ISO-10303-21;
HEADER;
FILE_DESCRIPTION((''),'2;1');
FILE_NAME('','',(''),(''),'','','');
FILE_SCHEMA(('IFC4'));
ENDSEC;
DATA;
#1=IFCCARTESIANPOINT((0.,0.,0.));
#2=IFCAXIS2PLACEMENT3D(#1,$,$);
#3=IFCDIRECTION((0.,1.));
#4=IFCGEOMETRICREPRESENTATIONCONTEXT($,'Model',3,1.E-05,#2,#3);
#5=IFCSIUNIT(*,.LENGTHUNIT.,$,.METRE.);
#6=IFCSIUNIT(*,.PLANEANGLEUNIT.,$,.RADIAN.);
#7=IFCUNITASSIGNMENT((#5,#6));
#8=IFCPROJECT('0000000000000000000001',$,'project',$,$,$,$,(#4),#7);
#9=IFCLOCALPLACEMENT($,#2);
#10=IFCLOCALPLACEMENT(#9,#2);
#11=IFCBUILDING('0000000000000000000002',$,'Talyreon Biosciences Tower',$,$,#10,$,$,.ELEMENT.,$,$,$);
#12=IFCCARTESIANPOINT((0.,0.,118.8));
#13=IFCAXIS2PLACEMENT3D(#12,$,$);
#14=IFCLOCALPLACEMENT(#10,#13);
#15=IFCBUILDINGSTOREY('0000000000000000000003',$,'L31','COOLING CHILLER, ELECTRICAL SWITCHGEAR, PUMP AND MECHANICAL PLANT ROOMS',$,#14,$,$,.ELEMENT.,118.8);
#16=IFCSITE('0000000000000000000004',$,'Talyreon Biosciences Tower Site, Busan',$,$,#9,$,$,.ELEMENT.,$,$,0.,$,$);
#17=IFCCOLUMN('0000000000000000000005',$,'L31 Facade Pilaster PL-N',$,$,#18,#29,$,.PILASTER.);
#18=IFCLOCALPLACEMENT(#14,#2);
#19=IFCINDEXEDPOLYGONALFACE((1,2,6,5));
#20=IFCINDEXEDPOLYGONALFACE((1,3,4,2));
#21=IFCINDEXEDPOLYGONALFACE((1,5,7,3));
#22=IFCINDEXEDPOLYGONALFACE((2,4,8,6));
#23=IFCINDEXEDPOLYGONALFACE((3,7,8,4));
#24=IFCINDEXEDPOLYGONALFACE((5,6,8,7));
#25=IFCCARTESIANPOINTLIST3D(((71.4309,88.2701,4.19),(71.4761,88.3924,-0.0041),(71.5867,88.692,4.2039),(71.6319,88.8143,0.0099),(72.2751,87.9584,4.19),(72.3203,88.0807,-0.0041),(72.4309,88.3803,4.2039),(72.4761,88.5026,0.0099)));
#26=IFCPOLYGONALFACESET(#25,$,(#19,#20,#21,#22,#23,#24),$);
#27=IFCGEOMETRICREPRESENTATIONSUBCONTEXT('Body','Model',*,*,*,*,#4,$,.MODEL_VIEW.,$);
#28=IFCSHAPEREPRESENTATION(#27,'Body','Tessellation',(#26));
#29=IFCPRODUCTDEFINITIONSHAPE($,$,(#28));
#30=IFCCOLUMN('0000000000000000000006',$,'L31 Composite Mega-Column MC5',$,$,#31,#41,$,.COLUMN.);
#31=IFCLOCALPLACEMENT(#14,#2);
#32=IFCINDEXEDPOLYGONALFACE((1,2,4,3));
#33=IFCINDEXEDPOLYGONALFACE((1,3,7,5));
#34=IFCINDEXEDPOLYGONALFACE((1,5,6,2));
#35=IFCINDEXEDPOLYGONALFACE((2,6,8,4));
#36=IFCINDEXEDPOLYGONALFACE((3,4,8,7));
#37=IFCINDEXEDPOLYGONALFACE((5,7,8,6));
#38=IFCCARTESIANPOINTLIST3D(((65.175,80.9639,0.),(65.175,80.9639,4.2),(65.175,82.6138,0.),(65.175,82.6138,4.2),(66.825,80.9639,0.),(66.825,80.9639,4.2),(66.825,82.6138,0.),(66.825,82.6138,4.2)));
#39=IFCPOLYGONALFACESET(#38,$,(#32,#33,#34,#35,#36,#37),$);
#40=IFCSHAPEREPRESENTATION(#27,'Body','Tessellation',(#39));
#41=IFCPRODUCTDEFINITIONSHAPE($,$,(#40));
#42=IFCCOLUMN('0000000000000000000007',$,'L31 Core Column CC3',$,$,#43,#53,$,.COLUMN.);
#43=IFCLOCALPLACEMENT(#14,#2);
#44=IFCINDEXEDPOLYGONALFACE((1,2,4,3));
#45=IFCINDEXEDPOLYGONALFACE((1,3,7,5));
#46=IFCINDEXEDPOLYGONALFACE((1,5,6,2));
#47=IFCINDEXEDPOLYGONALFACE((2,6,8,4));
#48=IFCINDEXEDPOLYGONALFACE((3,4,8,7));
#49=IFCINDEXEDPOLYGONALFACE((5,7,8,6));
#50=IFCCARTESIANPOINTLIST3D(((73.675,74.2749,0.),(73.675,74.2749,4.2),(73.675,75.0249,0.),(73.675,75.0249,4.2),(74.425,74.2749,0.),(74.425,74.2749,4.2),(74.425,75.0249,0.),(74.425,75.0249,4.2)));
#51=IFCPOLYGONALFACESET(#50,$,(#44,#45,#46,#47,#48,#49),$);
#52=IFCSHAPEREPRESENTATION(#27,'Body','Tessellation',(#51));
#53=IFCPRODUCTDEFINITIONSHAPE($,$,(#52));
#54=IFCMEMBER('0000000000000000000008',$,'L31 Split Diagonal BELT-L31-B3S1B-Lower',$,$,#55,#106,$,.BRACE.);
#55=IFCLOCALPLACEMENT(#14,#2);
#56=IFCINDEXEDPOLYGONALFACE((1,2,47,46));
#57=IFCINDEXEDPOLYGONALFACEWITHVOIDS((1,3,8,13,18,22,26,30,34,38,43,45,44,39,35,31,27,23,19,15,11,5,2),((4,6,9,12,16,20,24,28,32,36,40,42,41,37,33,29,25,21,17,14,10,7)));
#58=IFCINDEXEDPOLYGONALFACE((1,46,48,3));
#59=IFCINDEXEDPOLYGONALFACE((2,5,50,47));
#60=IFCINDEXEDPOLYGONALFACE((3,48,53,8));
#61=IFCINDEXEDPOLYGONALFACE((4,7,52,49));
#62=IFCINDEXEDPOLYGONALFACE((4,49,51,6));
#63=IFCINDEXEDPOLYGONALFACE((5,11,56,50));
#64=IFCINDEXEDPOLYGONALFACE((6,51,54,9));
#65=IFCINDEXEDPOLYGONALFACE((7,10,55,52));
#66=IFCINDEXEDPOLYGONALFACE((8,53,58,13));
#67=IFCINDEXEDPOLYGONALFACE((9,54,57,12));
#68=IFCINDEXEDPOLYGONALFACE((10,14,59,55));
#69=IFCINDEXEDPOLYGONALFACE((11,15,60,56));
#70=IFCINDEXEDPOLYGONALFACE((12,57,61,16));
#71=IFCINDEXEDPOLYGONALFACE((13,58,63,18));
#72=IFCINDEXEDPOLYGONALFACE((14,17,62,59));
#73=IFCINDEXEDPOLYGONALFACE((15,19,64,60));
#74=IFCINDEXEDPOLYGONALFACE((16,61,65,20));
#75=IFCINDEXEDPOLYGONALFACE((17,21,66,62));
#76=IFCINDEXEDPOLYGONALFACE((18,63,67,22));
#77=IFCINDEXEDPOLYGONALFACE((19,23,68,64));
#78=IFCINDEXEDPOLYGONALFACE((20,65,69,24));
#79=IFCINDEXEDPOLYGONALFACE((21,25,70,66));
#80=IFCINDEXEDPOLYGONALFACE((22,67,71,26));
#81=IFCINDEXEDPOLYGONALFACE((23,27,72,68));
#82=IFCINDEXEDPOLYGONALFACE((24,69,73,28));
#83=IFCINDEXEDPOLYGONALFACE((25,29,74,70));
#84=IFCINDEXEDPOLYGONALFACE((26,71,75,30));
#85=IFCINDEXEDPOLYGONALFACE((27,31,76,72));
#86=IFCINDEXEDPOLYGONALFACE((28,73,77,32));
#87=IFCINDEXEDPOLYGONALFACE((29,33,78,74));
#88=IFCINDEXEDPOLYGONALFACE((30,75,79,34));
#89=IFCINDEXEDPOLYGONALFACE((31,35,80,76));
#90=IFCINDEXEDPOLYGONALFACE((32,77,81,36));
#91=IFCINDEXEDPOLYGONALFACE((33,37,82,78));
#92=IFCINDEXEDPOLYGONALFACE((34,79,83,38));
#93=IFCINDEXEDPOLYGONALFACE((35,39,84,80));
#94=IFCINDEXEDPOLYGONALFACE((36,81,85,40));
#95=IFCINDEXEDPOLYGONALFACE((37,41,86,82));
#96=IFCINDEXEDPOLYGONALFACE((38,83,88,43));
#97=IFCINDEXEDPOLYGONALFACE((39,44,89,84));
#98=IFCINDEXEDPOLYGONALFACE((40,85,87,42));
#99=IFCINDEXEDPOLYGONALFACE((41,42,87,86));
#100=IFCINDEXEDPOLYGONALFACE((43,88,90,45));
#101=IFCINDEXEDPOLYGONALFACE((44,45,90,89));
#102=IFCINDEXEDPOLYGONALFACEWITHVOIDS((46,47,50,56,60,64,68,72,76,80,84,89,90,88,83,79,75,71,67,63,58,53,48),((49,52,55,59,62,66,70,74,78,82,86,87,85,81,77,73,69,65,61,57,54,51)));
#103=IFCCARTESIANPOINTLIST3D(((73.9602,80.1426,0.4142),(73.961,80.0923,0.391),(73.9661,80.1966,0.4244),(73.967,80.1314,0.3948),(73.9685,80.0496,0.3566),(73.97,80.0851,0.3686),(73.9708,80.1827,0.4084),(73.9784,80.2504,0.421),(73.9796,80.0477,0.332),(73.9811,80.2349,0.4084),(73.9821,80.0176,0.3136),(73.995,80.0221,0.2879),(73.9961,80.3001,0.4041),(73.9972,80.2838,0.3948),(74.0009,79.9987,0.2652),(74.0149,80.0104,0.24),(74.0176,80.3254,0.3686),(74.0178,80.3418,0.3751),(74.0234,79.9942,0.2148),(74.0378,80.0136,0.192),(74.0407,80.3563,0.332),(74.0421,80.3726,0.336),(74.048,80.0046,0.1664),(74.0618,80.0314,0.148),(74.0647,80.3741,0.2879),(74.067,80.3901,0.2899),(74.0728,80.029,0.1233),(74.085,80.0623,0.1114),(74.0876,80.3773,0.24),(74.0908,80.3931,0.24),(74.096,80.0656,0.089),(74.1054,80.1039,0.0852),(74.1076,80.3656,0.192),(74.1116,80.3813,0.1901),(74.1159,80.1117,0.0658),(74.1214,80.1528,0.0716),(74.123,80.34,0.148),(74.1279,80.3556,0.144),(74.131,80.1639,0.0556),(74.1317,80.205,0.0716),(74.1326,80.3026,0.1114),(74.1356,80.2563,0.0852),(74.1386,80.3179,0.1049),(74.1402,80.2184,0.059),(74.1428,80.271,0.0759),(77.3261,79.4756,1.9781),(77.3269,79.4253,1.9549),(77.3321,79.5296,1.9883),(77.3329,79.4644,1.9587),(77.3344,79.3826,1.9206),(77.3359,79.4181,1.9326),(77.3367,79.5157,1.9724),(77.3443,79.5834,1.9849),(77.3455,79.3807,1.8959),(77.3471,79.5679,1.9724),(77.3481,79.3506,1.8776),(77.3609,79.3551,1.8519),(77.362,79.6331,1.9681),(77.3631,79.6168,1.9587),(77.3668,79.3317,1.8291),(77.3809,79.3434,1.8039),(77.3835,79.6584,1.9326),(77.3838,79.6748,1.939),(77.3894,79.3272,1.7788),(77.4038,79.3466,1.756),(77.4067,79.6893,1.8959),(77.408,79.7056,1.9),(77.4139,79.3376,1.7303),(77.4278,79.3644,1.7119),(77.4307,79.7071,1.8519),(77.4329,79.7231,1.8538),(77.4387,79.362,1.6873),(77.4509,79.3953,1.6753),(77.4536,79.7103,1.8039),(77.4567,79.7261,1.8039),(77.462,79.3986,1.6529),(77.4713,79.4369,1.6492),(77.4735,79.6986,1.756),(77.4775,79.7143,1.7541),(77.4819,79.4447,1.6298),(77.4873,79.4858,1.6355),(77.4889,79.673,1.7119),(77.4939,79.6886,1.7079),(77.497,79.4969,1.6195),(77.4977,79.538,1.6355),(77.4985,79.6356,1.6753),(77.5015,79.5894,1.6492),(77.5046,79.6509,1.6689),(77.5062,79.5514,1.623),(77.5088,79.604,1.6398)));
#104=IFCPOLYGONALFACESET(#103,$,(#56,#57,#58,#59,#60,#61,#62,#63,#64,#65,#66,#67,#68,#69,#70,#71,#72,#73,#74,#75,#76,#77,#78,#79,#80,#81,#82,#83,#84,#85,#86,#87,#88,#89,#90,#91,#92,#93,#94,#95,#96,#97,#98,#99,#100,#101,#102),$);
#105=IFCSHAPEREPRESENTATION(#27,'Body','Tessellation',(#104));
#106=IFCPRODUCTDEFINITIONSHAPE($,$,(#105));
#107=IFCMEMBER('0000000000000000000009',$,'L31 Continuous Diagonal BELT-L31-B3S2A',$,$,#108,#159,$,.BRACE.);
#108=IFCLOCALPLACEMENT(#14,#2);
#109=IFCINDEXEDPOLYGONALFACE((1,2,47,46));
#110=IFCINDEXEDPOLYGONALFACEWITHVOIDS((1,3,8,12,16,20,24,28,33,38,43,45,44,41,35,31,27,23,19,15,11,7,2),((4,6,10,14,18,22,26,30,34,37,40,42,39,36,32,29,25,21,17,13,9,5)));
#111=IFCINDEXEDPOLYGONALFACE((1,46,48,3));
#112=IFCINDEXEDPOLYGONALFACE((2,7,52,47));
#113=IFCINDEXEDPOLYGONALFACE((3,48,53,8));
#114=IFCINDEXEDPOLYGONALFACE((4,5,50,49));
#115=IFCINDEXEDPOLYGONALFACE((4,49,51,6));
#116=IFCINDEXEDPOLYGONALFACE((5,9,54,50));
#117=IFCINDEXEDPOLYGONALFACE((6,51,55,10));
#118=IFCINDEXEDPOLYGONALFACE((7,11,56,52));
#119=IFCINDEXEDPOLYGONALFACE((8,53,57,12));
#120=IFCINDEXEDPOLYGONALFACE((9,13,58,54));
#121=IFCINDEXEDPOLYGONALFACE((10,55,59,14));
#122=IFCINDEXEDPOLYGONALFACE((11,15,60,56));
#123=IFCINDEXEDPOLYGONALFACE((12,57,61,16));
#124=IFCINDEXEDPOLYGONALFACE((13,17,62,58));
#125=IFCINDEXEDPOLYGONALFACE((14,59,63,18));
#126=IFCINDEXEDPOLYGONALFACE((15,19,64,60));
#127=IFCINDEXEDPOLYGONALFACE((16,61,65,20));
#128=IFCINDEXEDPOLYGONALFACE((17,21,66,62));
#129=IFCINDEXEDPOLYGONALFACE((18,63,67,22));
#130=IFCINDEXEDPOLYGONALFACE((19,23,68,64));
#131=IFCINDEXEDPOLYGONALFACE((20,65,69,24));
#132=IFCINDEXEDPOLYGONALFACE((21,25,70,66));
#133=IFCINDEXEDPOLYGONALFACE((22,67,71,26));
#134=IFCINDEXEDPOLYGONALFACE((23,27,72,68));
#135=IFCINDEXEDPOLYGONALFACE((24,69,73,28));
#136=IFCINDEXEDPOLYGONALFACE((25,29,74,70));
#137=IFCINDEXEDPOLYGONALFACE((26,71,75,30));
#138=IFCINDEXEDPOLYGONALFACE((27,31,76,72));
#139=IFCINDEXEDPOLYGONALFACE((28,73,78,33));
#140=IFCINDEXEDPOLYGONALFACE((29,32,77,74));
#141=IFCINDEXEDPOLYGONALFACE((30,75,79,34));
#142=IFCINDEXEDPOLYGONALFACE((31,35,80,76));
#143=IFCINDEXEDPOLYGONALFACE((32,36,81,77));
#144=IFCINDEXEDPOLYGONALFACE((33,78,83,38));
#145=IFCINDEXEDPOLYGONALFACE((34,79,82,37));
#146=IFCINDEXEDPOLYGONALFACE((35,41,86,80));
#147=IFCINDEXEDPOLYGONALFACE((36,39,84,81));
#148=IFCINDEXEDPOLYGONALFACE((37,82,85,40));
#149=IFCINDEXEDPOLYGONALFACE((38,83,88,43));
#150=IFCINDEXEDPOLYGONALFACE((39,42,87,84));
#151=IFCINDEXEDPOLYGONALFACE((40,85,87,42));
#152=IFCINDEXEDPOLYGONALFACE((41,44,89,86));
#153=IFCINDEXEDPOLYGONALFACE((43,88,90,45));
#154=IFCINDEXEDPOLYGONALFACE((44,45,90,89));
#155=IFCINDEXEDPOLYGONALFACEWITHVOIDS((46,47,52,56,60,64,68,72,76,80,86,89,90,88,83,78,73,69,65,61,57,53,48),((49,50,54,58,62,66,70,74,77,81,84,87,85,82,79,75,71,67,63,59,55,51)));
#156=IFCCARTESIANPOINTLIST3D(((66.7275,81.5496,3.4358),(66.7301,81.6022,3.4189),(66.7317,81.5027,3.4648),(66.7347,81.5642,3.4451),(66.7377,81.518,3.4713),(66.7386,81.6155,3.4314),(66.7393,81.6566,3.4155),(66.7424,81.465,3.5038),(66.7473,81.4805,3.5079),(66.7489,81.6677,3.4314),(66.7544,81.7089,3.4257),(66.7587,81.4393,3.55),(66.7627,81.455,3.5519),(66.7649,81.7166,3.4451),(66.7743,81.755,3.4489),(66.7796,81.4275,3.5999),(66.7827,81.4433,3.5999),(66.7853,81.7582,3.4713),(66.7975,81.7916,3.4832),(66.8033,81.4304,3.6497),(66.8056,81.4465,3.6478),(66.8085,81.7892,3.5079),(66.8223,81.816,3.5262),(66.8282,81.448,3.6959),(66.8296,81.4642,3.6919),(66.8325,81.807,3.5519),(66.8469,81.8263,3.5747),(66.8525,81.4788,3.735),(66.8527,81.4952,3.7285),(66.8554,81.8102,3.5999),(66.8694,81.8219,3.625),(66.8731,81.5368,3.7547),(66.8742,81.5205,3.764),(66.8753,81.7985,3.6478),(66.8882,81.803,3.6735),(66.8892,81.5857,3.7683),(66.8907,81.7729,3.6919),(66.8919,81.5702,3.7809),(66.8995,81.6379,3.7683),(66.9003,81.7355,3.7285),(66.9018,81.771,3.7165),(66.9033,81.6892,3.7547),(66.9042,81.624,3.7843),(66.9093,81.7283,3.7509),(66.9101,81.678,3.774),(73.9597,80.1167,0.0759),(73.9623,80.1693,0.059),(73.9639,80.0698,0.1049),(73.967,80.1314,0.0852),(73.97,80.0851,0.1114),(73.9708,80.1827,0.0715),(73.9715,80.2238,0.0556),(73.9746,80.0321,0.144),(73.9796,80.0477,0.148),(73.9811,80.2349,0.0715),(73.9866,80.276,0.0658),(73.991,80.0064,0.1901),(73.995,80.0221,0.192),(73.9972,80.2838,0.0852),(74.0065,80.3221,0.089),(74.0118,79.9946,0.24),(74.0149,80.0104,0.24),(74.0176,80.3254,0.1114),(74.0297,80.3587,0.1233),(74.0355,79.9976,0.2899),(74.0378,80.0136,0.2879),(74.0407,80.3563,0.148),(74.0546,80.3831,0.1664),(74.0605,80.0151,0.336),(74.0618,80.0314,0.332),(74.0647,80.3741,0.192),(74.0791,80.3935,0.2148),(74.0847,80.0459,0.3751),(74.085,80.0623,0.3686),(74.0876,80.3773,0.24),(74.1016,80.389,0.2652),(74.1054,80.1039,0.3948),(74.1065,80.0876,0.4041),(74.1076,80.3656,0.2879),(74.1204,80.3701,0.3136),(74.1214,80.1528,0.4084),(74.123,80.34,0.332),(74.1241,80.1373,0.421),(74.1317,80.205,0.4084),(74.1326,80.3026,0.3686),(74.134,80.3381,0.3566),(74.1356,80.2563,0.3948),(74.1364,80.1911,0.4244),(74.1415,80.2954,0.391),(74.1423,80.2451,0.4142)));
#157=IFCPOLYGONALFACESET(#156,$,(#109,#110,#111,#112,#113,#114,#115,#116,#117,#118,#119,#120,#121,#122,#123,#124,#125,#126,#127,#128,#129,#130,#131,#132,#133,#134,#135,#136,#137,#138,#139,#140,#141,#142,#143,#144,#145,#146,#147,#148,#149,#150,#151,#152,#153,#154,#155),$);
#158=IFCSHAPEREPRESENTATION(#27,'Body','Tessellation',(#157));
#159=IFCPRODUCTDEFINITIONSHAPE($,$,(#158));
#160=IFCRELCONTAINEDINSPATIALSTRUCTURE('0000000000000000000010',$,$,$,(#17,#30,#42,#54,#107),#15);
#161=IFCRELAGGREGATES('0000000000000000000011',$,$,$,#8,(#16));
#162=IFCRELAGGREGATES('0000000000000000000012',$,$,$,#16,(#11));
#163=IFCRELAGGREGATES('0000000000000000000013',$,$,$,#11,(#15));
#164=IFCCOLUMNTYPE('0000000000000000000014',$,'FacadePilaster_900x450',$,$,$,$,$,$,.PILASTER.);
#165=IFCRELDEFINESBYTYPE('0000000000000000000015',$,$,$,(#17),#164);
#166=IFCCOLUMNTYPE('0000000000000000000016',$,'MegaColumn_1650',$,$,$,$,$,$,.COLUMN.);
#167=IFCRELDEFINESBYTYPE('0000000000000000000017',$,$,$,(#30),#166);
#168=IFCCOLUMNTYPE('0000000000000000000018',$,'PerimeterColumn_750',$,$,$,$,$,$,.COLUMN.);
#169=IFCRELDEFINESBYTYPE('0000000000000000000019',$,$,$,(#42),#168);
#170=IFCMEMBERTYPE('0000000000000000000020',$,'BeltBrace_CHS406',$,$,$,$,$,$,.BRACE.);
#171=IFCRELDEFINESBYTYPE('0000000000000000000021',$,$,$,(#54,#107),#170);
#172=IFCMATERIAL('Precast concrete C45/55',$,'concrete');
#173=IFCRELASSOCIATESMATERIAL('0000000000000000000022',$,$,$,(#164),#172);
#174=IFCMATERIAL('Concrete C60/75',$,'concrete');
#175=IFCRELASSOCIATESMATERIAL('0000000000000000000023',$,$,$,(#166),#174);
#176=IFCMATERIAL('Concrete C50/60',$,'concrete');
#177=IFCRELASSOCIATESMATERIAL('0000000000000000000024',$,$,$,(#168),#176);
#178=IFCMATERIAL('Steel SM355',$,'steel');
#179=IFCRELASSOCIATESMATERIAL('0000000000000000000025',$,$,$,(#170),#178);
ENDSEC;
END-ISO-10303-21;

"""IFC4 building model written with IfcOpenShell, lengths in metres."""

from ifc_helpers import new_model, si_unit, direction, frame, origin, origin_2d, place, context, subcontext, project, spatial, rectangle, hollow_circle, extrude, material, material_profile, profile_set, type_object, element, save


model = new_model("IFC4")

# Units and contexts
model_context = context("Model", 3, precision=1e-05, world=origin(), true_north=direction((0.0, 1.0)))
body_context = subcontext(model_context, "Body", "Model", "MODEL_VIEW")
ifc_project = project(units=[si_unit("LENGTHUNIT", "METRE"), si_unit("PLANEANGLEUNIT", "RADIAN")], contexts=[model_context])

# Site, building, storey
site_placement = place(None, origin())
site = spatial("IfcSite", under=ifc_project, at=site_placement, Name="Talyreon Biosciences Tower Site, Busan", CompositionType="ELEMENT", RefElevation=0.0)
building_placement = place(site_placement, origin())
building = spatial("IfcBuilding", under=site, at=building_placement, Name="Talyreon Biosciences Tower", CompositionType="ELEMENT")
storey_placement = place(building_placement, frame((0.0, 0.0, 118.8)))
storey = spatial("IfcBuildingStorey", under=building, at=storey_placement, Name="L31", Description="COOLING CHILLER, ELECTRICAL SWITCHGEAR, PUMP AND MECHANICAL PLANT ROOMS", CompositionType="ELEMENT", Elevation=118.8)

# Columns
ifc_material_1 = material(Name="Precast concrete C45/55", Category="concrete")
ifc_material_profile_1 = material_profile(ifc_material_1, rectangle(XDim=0.8999, YDim=0.45, at=origin_2d()), Name="RC 900x450")
ifc_profile_set_1 = profile_set([ifc_material_profile_1], Name="Precast concrete C45/55")
column_type_1 = type_object("IfcColumnType", Name="FacadePilaster_900x450", PredefinedType="PILASTER", material=ifc_profile_set_1)
column_1_placement = place(storey_placement, frame((71.9761, 88.4475, 0.0029), z_axis=(-0.010764, -0.029149, 0.999517), x_axis=(-0.938087, 0.346399, 0.0)))
element("IfcColumn", 1, at=column_1_placement, inside=storey, type_object=column_type_1, Name="L31 Facade Pilaster PL-N", PredefinedType="PILASTER", context=body_context, shape_type="SweptSolid", body=[
    extrude(rectangle(XDim=0.8999, YDim=0.45, at=origin_2d()), origin(), (0.0, 0.0, 1.0), 4.196),
])
ifc_material_2 = material(Name="Concrete C60/75", Category="concrete")
ifc_material_profile_2 = material_profile(ifc_material_2, rectangle(XDim=1.6499, YDim=1.6499, at=origin_2d()), Name="RC 1650x1650")
ifc_profile_set_2 = profile_set([ifc_material_profile_2], Name="Concrete C60/75")
column_type_2 = type_object("IfcColumnType", Name="MegaColumn_1650", PredefinedType="COLUMN", material=ifc_profile_set_2)
column_2_placement = place(storey_placement, frame((66.0, 81.7888, 0.0), z_axis=(0.0, 0.0, 1.0), x_axis=(1.0, 0.0, 0.0)))
element("IfcColumn", 2, at=column_2_placement, inside=storey, type_object=column_type_2, Name="L31 Composite Mega-Column MC5", PredefinedType="COLUMN", context=body_context, shape_type="SweptSolid", body=[
    extrude(rectangle(XDim=1.6499, YDim=1.6499, at=origin_2d()), origin(), (0.0, 0.0, 1.0), 4.2),
])
ifc_material_3 = material(Name="Concrete C50/60", Category="concrete")
ifc_material_profile_3 = material_profile(ifc_material_3, rectangle(XDim=0.75, YDim=0.75, at=origin_2d()), Name="RC 750x750")
ifc_profile_set_3 = profile_set([ifc_material_profile_3], Name="Concrete C50/60")
column_type_3 = type_object("IfcColumnType", Name="PerimeterColumn_750", PredefinedType="COLUMN", material=ifc_profile_set_3)
column_3_placement = place(storey_placement, frame((74.05, 74.6499, 0.0), z_axis=(0.0, 0.0, 1.0), x_axis=(1.0, 0.0, 0.0)))
element("IfcColumn", 3, at=column_3_placement, inside=storey, type_object=column_type_3, Name="L31 Core Column CC3", PredefinedType="COLUMN", context=body_context, shape_type="SweptSolid", body=[
    extrude(rectangle(XDim=0.75, YDim=0.75, at=origin_2d()), origin(), (0.0, 0.0, 1.0), 4.2),
])

# Members
ifc_material_4 = material(Name="Steel SM355", Category="steel")
ifc_material_profile_4 = material_profile(ifc_material_4, hollow_circle(Radius=0.2031, WallThickness=0.0161, at=origin_2d()), Name="CHS 406.4x16")
ifc_profile_set_4 = profile_set([ifc_material_profile_4], Name="Steel SM355")
member_type_1 = type_object("IfcMemberType", Name="BeltBrace_CHS406", PredefinedType="BRACE", material=ifc_profile_set_4)
member_1_placement = place(storey_placement, frame((74.0513, 80.1938, 0.24), z_axis=(0.892588, -0.176873, 0.414733), x_axis=(0.194378, 0.980927, 0.0)))
element("IfcMember", 4, at=member_1_placement, inside=storey, type_object=member_type_1, Name="L31 Split Diagonal BELT-L31-B3S1B-Lower", PredefinedType="BRACE", context=body_context, shape_type="SweptSolid", body=[
    extrude(hollow_circle(Radius=0.2031, WallThickness=0.0161, at=origin_2d()), origin(), (0.0, 0.0, 1.0), 3.771),
])
member_2_placement = place(storey_placement, frame((74.0513, 80.1938, 0.24), z_axis=(-0.892615, 0.176848, 0.414684), x_axis=(-0.194345, -0.980933, 0.0)))
element("IfcMember", 5, at=member_2_placement, inside=storey, type_object=member_type_1, Name="L31 Continuous Diagonal BELT-L31-B3S2A", PredefinedType="BRACE", context=body_context, shape_type="SweptSolid", body=[
    extrude(hollow_circle(Radius=0.2031, WallThickness=0.0161, at=origin_2d()), origin(), (0.0, 0.0, 1.0), 8.1023),
])

save(model, "model.ifc")
